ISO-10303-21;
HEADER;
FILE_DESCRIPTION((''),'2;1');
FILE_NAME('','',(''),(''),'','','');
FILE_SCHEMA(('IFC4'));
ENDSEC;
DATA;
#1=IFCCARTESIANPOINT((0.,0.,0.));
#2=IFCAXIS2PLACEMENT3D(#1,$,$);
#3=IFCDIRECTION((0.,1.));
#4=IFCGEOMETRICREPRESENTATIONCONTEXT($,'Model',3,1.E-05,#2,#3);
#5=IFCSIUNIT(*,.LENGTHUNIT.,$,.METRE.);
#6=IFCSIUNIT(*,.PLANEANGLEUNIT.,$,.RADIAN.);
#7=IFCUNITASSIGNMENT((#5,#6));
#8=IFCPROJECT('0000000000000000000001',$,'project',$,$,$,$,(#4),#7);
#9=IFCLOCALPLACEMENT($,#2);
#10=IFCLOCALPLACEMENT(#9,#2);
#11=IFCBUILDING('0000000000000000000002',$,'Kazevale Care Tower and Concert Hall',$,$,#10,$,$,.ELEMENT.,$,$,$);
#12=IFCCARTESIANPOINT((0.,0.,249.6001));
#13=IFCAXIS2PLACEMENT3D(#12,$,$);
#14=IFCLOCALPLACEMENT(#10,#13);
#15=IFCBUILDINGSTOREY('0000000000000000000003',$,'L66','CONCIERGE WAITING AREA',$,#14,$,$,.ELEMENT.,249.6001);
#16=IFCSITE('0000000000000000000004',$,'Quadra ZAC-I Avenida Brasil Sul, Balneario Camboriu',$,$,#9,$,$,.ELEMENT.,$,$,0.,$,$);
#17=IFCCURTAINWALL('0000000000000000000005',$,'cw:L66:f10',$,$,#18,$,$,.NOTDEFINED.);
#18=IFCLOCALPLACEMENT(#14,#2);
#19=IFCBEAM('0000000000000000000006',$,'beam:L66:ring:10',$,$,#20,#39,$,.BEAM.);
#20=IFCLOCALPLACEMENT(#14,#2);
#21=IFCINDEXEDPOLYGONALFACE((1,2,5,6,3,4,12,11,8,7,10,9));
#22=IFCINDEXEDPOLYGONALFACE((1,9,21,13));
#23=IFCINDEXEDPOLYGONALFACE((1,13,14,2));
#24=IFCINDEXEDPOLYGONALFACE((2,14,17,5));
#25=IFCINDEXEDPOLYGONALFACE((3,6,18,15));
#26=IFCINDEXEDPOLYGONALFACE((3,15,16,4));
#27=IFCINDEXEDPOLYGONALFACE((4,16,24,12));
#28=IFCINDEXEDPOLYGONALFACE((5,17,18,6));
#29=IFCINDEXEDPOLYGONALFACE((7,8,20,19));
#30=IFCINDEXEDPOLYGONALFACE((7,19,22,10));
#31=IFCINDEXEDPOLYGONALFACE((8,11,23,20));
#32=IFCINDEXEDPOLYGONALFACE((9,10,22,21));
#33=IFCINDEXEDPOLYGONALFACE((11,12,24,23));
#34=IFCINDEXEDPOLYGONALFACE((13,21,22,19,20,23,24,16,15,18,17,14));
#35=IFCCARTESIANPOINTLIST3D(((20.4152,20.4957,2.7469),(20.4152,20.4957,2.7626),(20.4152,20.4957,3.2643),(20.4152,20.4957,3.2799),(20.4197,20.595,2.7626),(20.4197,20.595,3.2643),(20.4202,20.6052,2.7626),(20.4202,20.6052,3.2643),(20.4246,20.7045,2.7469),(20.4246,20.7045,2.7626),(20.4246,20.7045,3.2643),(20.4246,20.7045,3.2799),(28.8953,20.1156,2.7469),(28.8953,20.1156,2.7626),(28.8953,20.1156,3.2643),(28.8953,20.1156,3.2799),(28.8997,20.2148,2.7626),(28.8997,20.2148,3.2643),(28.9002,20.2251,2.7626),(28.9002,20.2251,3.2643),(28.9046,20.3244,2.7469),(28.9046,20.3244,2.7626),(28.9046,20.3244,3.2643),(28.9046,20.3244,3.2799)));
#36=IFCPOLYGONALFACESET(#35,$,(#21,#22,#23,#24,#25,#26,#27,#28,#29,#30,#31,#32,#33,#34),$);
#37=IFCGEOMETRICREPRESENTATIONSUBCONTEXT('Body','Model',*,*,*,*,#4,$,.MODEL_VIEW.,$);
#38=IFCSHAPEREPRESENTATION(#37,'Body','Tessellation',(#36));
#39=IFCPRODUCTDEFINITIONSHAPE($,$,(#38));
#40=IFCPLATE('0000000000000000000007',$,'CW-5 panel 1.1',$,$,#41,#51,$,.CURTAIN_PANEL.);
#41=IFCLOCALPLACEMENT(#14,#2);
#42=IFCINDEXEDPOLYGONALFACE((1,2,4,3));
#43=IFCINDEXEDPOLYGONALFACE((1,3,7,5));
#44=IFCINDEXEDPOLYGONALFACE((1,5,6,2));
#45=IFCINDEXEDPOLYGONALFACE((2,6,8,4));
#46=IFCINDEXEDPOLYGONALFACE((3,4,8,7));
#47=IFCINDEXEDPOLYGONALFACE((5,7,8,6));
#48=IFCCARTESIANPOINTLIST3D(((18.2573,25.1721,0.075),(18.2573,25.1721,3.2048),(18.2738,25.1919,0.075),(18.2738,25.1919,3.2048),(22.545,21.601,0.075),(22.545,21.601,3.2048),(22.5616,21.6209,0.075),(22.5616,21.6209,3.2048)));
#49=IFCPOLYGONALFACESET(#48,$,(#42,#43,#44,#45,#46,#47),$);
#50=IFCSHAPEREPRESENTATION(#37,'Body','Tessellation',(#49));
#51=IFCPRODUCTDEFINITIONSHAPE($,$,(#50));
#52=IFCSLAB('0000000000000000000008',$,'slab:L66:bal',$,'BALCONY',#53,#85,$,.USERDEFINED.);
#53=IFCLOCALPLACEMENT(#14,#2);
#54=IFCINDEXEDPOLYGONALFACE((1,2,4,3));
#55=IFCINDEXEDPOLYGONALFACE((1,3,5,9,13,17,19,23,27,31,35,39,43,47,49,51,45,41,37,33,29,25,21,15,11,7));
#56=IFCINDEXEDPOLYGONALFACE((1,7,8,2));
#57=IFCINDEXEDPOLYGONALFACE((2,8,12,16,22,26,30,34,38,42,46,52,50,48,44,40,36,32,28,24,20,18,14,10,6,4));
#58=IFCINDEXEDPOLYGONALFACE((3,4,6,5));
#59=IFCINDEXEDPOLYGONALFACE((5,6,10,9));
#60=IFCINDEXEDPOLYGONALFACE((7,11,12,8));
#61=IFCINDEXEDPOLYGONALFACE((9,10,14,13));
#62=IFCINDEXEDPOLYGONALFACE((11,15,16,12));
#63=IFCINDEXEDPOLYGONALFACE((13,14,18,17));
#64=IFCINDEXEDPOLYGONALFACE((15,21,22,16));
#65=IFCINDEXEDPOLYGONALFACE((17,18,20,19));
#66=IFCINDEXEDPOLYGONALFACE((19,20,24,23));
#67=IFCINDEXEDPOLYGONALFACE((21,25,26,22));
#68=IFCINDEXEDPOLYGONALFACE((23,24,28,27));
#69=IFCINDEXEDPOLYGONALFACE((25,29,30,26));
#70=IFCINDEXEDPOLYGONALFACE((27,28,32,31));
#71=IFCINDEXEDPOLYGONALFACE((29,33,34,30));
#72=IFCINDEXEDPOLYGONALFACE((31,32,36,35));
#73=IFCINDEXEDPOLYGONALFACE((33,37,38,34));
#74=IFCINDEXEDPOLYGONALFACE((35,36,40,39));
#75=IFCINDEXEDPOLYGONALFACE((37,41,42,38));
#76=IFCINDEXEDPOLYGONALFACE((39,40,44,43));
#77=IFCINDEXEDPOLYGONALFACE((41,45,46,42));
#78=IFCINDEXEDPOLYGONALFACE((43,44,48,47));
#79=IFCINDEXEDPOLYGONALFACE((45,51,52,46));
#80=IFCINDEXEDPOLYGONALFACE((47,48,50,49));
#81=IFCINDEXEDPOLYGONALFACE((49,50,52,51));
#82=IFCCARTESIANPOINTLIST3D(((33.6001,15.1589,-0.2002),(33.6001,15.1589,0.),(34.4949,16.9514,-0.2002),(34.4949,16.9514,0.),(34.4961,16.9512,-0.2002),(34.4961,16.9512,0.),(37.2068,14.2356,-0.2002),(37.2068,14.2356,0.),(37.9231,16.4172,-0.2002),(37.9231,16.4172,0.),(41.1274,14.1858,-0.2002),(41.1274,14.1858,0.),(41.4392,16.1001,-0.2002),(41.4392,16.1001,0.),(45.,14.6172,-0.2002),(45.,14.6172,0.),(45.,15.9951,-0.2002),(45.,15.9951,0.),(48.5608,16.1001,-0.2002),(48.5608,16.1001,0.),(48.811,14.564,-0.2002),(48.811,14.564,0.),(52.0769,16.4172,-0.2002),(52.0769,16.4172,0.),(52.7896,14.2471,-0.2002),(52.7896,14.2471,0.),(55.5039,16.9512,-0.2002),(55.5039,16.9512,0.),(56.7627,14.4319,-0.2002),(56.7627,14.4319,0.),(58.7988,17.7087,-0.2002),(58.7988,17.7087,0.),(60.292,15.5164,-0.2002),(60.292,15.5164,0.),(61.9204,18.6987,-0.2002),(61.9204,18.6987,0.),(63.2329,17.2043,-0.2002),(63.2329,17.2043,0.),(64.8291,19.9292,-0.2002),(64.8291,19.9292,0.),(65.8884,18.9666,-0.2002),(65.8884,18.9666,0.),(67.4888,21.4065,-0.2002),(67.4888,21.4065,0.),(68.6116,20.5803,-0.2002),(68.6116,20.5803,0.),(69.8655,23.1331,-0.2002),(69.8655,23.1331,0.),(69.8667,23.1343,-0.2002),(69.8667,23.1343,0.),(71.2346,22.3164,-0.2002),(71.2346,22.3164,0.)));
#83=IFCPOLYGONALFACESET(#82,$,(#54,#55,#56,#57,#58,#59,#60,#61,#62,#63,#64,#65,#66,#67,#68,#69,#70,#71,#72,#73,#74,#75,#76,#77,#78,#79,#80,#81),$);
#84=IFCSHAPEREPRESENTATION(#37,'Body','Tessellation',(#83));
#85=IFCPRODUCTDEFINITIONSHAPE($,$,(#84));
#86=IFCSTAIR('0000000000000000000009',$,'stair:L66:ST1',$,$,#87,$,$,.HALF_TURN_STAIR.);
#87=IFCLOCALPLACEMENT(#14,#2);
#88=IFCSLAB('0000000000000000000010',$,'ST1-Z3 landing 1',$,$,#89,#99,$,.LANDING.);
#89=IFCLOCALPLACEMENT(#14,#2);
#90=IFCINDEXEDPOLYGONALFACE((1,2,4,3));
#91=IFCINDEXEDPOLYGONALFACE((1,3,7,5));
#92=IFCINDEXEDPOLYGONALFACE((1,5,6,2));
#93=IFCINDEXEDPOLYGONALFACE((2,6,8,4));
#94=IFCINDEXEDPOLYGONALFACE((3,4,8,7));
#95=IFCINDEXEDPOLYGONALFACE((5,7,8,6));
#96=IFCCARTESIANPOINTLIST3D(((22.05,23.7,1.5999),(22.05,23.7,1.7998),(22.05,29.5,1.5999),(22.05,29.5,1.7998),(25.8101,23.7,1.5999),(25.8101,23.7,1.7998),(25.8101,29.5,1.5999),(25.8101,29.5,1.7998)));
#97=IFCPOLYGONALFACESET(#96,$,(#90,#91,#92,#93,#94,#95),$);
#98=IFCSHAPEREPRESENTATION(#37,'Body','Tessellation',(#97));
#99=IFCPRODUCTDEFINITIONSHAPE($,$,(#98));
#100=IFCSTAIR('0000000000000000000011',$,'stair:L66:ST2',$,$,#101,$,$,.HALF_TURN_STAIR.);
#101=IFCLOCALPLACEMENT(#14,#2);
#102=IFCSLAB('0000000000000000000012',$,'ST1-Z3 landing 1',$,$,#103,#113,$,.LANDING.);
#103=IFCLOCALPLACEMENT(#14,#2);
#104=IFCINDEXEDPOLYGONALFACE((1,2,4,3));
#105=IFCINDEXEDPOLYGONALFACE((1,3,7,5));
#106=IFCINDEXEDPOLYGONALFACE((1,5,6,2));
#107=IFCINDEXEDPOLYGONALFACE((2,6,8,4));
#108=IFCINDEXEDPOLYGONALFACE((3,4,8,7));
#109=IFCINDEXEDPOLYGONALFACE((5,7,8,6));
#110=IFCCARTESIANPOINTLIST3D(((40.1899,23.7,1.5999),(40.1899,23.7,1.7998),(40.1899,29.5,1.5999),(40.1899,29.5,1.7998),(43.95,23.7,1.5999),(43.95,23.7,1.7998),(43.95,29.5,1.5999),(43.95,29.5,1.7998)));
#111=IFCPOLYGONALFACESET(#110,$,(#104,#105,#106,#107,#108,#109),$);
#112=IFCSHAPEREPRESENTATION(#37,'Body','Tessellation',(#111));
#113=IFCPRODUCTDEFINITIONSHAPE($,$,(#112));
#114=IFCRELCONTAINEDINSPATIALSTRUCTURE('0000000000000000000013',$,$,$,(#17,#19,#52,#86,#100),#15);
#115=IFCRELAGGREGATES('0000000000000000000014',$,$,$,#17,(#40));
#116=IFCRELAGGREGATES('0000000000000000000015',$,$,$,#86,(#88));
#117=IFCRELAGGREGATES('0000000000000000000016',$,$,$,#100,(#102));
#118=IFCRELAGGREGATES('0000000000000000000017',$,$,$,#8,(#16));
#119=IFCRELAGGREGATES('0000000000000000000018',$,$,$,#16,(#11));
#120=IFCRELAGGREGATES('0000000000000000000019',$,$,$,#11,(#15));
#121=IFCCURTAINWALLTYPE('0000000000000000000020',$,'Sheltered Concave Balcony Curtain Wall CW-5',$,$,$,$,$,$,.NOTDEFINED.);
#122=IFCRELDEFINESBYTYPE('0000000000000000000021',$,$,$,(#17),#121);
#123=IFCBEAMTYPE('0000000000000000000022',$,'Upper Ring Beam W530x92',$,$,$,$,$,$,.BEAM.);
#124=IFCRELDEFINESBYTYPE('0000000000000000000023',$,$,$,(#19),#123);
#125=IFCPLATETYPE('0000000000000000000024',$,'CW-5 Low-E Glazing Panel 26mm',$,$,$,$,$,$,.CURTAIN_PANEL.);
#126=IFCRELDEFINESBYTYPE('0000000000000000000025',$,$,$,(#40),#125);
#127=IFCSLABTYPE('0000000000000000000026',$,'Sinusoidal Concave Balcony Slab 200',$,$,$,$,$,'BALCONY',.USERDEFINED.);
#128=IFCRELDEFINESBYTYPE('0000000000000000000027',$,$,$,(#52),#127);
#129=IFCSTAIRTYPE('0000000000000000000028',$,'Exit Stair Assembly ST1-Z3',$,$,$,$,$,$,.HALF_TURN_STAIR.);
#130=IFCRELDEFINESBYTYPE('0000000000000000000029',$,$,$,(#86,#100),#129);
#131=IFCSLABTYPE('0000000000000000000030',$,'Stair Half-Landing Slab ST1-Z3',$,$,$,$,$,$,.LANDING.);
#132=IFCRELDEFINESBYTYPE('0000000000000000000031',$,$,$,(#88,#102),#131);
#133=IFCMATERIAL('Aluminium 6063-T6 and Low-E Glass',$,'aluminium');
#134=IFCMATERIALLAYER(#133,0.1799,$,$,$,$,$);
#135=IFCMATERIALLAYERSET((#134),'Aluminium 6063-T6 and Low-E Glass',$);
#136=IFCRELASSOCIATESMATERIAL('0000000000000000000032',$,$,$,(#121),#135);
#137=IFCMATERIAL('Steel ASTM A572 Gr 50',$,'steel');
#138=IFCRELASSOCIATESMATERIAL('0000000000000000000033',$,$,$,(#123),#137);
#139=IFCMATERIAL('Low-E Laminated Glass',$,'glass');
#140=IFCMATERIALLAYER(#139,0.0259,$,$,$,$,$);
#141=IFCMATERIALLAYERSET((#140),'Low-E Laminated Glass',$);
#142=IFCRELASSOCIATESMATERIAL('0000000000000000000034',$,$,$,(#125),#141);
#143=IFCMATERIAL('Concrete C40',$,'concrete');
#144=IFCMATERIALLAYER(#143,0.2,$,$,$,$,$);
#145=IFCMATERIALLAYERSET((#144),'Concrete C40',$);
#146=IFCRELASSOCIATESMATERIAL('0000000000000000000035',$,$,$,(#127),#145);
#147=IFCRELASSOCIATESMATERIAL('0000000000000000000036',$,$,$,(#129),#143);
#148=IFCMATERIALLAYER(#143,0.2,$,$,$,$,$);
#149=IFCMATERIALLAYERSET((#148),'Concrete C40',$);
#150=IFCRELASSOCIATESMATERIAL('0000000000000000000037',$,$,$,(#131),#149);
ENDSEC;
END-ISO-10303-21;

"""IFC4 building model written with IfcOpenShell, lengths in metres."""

from ifc_helpers import new_model, si_unit, direction, frame, origin, origin_2d, place, context, subcontext, project, spatial, polyline, rectangle, i_section, outline, extrude, material, layer, layer_set, material_profile, profile_set, type_object, element, aggregate, save


model = new_model("IFC4")

# Units and contexts
model_context = context("Model", 3, precision=1e-05, world=origin(), true_north=direction((0.0, 1.0)))
body_context = subcontext(model_context, "Body", "Model", "MODEL_VIEW")
ifc_project = project(units=[si_unit("LENGTHUNIT", "METRE"), si_unit("PLANEANGLEUNIT", "RADIAN")], contexts=[model_context])

# Site, building, storey
site_placement = place(None, origin())
site = spatial("IfcSite", under=ifc_project, at=site_placement, Name="Quadra ZAC-I Avenida Brasil Sul, Balneario Camboriu", CompositionType="ELEMENT", RefElevation=0.0)
building_placement = place(site_placement, origin())
building = spatial("IfcBuilding", under=site, at=building_placement, Name="Kazevale Care Tower and Concert Hall", CompositionType="ELEMENT")
storey_placement = place(building_placement, frame((0.0, 0.0, 249.6001)))
storey = spatial("IfcBuildingStorey", under=building, at=storey_placement, Name="L66", Description="CONCIERGE WAITING AREA", CompositionType="ELEMENT", Elevation=249.6001)

# Shared definitions
ifc_material_1 = material(Name="Aluminium 6063-T6 and Low-E Glass", Category="aluminium")
ifc_layer_1 = layer(ifc_material_1, 0.1799)
ifc_layer_set_1 = layer_set([ifc_layer_1], Name="Aluminium 6063-T6 and Low-E Glass")
curtain_wall_type = type_object("IfcCurtainWallType", Name="Sheltered Concave Balcony Curtain Wall CW-5", PredefinedType="NOTDEFINED", material=ifc_layer_set_1)

# Curtain wall
curtain_wall_1_placement = place(storey_placement, origin())
curtain_wall_1 = element("IfcCurtainWall", 1, at=curtain_wall_1_placement, inside=storey, type_object=curtain_wall_type, Name="cw:L66:f10", PredefinedType="NOTDEFINED")

# Beam
ifc_material_2 = material(Name="Steel ASTM A572 Gr 50", Category="steel")
ifc_material_profile_1 = material_profile(ifc_material_2, i_section(OverallWidth=0.209, OverallDepth=0.533, WebThickness=0.0103, FlangeThickness=0.0156, at=origin_2d()), Name="W530x92")
ifc_profile_set_1 = profile_set([ifc_material_profile_1], Name="Steel ASTM A572 Gr 50")
beam_type_1 = type_object("IfcBeamType", Name="Upper Ring Beam W530x92", PredefinedType="BEAM", material=ifc_profile_set_1)
beam_1_placement = place(storey_placement, frame((20.4199, 20.6001, 3.0134), z_axis=(0.998997, -0.044781, 0.0), x_axis=(0.044781, 0.998997, 0.0)))
element("IfcBeam", 2, at=beam_1_placement, inside=storey, type_object=beam_type_1, Name="beam:L66:ring:10", PredefinedType="BEAM", context=body_context, shape_type="SweptSolid", body=[
    extrude(i_section(OverallWidth=0.209, OverallDepth=0.533, WebThickness=0.0103, FlangeThickness=0.0156, at=origin_2d()), origin(), (0.0, 0.0, 1.0), 8.4885),
])

# Plate
ifc_material_3 = material(Name="Low-E Laminated Glass", Category="glass")
ifc_layer_2 = layer(ifc_material_3, 0.0259)
ifc_layer_set_2 = layer_set([ifc_layer_2], Name="Low-E Laminated Glass")
plate_type = type_object("IfcPlateType", Name="CW-5 Low-E Glazing Panel 26mm", PredefinedType="CURTAIN_PANEL", material=ifc_layer_set_2)
plate_placement = place(storey_placement, frame((20.4094, 23.3965, 0.075), z_axis=(0.0, 0.0, 1.0), x_axis=(-0.768407, 0.639961, 0.0)))
plate = element("IfcPlate", 3, at=plate_placement, type_object=plate_type, Name="CW-5 panel 1.1", PredefinedType="CURTAIN_PANEL", context=body_context, shape_type="SweptSolid", body=[
    extrude(rectangle(XDim=5.5801, YDim=0.0259, at=origin_2d()), origin(), (0.0, 0.0, 1.0), 3.1299),
])
aggregate(curtain_wall_1, [plate])

# Slab
ifc_material_4 = material(Name="Concrete C40", Category="concrete")
ifc_layer_3 = layer(ifc_material_4, 0.2)
ifc_layer_set_3 = layer_set([ifc_layer_3], Name="Concrete C40")
slab_type_1 = type_object("IfcSlabType", Name="Sinusoidal Concave Balcony Slab 200", ElementType="BALCONY", PredefinedType="USERDEFINED", material=ifc_layer_set_3)
slab_1_placement = place(storey_placement, frame((0.0, 0.0, -0.2002)))
element("IfcSlab", 4, at=slab_1_placement, inside=storey, type_object=slab_type_1, Name="slab:L66:bal", ObjectType="BALCONY", PredefinedType="USERDEFINED", context=body_context, shape_type="SweptSolid", body=[
    extrude(outline(polyline([(71.2346, 22.3164), (68.6116, 20.5803), (65.8884, 18.9666), (63.2329, 17.2043), (60.292, 15.5164), (56.7627, 14.4319), (52.7896, 14.2471), (48.811, 14.564), (45.0, 14.6172), (41.1274, 14.1858), (37.2068, 14.2356), (33.6001, 15.1589), (34.4949, 16.9514), (34.4961, 16.9512), (37.9231, 16.4172), (41.4392, 16.1001), (45.0, 15.9951), (48.5608, 16.1001), (52.0769, 16.4172), (55.5039, 16.9512), (58.7988, 17.7087), (61.9204, 18.6987), (64.8291, 19.9292), (67.4888, 21.4065), (69.8655, 23.1331), (69.8667, 23.1343), (71.2346, 22.3164)])), origin(), (0.0, 0.0, 1.0), 0.2002),
])

# Stairs, slabs
stair_type = type_object("IfcStairType", Name="Exit Stair Assembly ST1-Z3", PredefinedType="HALF_TURN_STAIR", material=ifc_material_4)
stair_1_placement = place(storey_placement, origin())
stair_1 = element("IfcStair", 5, at=stair_1_placement, inside=storey, type_object=stair_type, Name="stair:L66:ST1", PredefinedType="HALF_TURN_STAIR")
ifc_layer_4 = layer(ifc_material_4, 0.2)
ifc_layer_set_4 = layer_set([ifc_layer_4], Name="Concrete C40")
slab_type_2 = type_object("IfcSlabType", Name="Stair Half-Landing Slab ST1-Z3", PredefinedType="LANDING", material=ifc_layer_set_4)
slab_2_placement = place(storey_placement, frame((0.0, 0.0, 1.5999)))
slab_2 = element("IfcSlab", 6, at=slab_2_placement, type_object=slab_type_2, Name="ST1-Z3 landing 1", PredefinedType="LANDING", context=body_context, shape_type="SweptSolid", body=[
    extrude(outline(polyline([(22.05, 23.7), (25.8101, 23.7), (25.8101, 29.5), (22.05, 29.5), (22.05, 23.7)])), origin(), (0.0, 0.0, 1.0), 0.2),
])
aggregate(stair_1, [slab_2])
stair_2_placement = place(storey_placement, origin())
stair_2 = element("IfcStair", 7, at=stair_2_placement, inside=storey, type_object=stair_type, Name="stair:L66:ST2", PredefinedType="HALF_TURN_STAIR")
slab_3_placement = place(storey_placement, frame((0.0, 0.0, 1.5999)))
slab_3 = element("IfcSlab", 8, at=slab_3_placement, type_object=slab_type_2, Name="ST1-Z3 landing 1", PredefinedType="LANDING", context=body_context, shape_type="SweptSolid", body=[
    extrude(outline(polyline([(40.1899, 23.7), (43.95, 23.7), (43.95, 29.5), (40.1899, 29.5), (40.1899, 23.7)])), origin(), (0.0, 0.0, 1.0), 0.2),
])
aggregate(stair_2, [slab_3])

save(model, "model.ifc")
